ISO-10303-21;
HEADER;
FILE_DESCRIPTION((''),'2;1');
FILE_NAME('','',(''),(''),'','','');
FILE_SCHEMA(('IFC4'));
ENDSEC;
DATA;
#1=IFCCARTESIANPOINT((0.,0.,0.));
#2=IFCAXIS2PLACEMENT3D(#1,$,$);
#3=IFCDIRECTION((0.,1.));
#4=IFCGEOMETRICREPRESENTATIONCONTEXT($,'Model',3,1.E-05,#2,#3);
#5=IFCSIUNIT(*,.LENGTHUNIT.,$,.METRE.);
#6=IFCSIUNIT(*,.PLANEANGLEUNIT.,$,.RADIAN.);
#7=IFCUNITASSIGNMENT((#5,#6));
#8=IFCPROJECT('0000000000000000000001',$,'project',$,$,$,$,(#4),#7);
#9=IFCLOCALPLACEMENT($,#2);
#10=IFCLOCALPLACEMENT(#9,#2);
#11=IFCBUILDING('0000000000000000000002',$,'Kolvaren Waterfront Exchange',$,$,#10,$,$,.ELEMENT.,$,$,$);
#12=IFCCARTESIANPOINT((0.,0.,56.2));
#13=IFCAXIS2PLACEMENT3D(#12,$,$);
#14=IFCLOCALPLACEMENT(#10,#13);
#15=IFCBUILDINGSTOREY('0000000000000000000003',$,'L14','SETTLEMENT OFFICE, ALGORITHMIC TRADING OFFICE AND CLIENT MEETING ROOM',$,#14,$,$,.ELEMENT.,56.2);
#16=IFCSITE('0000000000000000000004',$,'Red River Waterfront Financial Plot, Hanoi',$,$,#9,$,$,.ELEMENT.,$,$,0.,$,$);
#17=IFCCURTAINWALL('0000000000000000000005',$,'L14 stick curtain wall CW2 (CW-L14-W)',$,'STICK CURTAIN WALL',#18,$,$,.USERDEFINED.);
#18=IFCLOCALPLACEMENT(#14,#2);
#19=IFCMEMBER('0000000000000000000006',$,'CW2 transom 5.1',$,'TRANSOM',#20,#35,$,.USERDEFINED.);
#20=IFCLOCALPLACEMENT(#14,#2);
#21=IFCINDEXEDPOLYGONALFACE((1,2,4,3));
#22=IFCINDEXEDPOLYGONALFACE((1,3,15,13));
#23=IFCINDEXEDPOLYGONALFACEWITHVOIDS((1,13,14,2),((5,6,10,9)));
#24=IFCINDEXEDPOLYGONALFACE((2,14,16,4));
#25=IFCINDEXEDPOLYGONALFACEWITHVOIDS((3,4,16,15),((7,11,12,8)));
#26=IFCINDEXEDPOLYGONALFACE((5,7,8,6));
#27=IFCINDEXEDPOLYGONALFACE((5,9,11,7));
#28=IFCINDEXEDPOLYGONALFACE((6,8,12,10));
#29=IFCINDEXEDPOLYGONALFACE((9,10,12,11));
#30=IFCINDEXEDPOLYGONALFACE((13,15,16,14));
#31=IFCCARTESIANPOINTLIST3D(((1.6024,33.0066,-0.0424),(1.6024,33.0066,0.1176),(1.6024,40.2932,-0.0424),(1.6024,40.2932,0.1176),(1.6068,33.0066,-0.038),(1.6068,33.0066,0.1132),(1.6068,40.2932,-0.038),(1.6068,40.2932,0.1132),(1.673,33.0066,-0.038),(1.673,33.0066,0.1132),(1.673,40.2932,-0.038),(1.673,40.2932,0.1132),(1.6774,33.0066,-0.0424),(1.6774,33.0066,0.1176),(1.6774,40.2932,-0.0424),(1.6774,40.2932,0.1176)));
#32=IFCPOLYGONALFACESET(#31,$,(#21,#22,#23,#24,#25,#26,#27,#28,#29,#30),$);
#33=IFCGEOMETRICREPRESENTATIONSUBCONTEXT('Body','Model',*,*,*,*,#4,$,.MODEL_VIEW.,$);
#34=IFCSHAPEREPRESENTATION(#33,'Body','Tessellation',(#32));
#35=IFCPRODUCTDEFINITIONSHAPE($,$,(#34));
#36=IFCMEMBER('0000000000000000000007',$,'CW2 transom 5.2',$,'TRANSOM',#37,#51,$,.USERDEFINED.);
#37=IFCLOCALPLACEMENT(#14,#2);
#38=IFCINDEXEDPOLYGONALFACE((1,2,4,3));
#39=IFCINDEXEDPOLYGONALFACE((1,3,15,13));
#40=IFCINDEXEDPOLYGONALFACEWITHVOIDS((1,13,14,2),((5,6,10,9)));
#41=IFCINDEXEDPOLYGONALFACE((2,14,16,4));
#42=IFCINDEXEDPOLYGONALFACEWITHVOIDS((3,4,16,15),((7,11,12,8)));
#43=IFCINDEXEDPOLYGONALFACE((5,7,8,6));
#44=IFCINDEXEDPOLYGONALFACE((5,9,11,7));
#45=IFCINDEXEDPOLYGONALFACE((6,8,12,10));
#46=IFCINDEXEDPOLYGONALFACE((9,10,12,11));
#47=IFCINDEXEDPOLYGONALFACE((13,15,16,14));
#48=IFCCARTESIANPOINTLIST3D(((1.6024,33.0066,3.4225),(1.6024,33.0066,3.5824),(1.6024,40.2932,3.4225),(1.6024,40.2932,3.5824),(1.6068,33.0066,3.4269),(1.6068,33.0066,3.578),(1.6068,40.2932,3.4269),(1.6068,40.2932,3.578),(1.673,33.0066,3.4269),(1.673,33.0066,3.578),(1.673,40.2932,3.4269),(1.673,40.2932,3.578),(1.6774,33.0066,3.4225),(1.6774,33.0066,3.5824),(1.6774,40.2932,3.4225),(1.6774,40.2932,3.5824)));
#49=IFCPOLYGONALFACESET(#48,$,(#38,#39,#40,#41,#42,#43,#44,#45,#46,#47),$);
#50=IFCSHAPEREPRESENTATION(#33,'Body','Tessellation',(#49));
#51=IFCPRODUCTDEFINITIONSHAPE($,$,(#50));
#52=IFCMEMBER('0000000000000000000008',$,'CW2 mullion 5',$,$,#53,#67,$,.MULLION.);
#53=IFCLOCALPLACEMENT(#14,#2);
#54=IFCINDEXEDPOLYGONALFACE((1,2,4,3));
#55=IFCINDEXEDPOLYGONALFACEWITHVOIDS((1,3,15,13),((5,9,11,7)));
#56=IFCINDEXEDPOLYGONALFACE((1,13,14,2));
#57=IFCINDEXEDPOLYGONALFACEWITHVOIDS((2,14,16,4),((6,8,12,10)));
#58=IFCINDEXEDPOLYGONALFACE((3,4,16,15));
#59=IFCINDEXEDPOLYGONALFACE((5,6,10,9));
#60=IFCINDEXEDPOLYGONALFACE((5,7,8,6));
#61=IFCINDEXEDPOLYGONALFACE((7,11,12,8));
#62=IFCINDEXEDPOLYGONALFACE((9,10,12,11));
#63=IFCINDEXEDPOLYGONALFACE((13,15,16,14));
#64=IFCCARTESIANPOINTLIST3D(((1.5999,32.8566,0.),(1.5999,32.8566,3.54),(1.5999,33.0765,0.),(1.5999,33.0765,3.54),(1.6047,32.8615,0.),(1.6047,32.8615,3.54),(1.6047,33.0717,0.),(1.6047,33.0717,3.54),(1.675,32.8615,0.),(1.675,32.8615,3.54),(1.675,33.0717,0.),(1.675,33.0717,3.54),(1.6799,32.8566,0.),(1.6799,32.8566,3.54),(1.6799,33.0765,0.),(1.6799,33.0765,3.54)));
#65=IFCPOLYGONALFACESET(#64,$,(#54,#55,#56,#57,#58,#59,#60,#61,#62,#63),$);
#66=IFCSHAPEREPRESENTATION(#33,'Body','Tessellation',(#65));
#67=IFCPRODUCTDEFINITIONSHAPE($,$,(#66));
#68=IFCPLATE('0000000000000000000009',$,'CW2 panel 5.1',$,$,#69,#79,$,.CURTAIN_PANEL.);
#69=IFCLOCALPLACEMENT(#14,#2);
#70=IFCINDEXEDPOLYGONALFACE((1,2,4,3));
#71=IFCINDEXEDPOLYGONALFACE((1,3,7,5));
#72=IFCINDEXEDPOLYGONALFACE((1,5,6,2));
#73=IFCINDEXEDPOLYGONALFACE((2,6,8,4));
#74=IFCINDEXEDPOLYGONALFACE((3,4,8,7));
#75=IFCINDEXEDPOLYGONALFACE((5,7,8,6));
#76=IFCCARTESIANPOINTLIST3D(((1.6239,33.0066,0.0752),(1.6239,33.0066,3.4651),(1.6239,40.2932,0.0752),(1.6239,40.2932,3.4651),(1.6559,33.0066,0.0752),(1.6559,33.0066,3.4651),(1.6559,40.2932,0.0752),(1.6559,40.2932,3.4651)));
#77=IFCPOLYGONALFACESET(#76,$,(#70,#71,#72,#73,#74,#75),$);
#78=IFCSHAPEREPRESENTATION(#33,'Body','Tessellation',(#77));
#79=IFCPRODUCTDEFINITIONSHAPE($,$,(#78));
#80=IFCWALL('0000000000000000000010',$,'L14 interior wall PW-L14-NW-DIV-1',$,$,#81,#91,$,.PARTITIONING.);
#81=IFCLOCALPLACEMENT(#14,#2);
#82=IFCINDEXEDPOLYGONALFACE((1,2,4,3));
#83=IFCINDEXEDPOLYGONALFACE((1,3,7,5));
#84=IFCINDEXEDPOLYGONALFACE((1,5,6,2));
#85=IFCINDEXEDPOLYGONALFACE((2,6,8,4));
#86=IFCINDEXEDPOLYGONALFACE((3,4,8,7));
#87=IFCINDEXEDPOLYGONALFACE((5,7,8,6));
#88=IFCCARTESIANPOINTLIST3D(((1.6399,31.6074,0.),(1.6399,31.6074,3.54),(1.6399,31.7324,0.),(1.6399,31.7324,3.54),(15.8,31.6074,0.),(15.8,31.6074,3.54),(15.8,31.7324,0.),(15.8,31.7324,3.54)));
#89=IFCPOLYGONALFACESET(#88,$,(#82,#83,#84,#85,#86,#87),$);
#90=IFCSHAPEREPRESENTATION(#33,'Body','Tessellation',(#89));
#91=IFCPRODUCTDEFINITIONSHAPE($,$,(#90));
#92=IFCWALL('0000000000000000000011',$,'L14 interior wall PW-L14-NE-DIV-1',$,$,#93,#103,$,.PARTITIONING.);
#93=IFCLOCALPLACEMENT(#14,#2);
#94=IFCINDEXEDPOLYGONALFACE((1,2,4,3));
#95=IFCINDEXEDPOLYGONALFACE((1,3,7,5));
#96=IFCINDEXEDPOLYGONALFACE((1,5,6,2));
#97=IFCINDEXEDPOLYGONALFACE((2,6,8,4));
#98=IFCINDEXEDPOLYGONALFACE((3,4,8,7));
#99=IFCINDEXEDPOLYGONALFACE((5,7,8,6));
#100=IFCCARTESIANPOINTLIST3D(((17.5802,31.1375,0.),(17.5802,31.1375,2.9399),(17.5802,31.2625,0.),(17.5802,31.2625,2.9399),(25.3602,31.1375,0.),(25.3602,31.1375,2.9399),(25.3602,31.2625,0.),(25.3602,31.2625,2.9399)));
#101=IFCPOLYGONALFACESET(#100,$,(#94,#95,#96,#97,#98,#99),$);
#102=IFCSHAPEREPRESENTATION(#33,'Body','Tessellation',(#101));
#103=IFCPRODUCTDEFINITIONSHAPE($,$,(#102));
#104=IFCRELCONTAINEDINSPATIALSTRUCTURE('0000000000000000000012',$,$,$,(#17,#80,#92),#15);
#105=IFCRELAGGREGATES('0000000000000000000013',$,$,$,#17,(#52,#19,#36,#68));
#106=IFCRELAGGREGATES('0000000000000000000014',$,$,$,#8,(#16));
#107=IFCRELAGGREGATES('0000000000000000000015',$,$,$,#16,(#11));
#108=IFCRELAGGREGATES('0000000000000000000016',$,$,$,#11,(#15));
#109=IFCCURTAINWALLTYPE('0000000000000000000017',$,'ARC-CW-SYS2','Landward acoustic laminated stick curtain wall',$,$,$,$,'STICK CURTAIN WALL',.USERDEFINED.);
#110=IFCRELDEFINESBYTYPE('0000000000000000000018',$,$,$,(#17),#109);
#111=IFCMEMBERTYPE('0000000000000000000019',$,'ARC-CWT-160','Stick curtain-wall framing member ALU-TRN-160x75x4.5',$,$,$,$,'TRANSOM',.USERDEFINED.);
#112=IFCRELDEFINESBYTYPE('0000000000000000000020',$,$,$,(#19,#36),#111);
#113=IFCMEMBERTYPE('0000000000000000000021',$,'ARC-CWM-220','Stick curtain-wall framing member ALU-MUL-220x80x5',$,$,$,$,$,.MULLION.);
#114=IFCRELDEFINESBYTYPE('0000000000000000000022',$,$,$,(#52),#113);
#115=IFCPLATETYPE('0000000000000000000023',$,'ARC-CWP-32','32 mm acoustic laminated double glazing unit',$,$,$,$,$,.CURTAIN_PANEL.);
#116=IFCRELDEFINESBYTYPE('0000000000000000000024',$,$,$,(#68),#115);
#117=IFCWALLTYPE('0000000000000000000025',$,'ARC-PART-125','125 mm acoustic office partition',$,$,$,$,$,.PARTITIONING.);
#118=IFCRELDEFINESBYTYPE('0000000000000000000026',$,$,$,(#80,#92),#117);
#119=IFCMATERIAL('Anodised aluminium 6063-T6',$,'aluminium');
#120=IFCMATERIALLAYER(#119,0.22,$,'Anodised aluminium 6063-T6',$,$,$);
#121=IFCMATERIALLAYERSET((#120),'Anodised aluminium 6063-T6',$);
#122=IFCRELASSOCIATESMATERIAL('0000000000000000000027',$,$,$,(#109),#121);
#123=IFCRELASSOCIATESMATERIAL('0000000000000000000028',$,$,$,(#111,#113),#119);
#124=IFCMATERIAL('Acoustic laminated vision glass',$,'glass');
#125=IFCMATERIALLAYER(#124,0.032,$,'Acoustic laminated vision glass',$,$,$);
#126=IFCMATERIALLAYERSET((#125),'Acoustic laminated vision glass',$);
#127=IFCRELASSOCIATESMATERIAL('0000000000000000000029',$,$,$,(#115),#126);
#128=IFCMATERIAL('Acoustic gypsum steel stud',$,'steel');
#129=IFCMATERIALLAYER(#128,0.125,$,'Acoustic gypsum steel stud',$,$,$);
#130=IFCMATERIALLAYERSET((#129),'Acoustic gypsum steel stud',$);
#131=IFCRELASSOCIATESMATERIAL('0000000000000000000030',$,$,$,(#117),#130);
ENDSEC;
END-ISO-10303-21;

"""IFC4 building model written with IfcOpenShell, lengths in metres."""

from ifc_helpers import new_model, si_unit, direction, frame, frame_2d, origin, origin_with_axes, origin_2d, place, context, subcontext, project, spatial, rectangle, hollow_rectangle, extrude, source, transform, mapped, material, layer, layer_set, material_profile, profile_set, type_object, element, aggregate, save


model = new_model("IFC4")

# Units and contexts
model_context = context("Model", 3, precision=1e-05, world=origin(), true_north=direction((0.0, 1.0)))
body_context = subcontext(model_context, "Body", "Model", "MODEL_VIEW")
ifc_project = project(units=[si_unit("LENGTHUNIT", "METRE"), si_unit("PLANEANGLEUNIT", "RADIAN")], contexts=[model_context])

# Site, building, storey
site_placement = place(None, origin())
site = spatial("IfcSite", under=ifc_project, at=site_placement, Name="Red River Waterfront Financial Plot, Hanoi", CompositionType="ELEMENT", RefElevation=0.0)
building_placement = place(site_placement, origin())
building = spatial("IfcBuilding", under=site, at=building_placement, Name="Kolvaren Waterfront Exchange", CompositionType="ELEMENT")
storey_placement = place(building_placement, frame((0.0, 0.0, 56.2)))
storey = spatial("IfcBuildingStorey", under=building, at=storey_placement, Name="L14", Description="SETTLEMENT OFFICE, ALGORITHMIC TRADING OFFICE AND CLIENT MEETING ROOM", CompositionType="ELEMENT", Elevation=56.2)

# Curtain wall, members, plate
ifc_material_1 = material(Name="Anodised aluminium 6063-T6", Category="aluminium")
ifc_layer_1 = layer(ifc_material_1, 0.22, Name="Anodised aluminium 6063-T6")
ifc_layer_set_1 = layer_set([ifc_layer_1], Name="Anodised aluminium 6063-T6")
curtain_wall_type = type_object("IfcCurtainWallType", Name="ARC-CW-SYS2", Description="Landward acoustic laminated stick curtain wall", ElementType="STICK CURTAIN WALL", PredefinedType="USERDEFINED", material=ifc_layer_set_1)
curtain_wall_placement = place(storey_placement, origin())
curtain_wall = element("IfcCurtainWall", 1, at=curtain_wall_placement, inside=storey, type_object=curtain_wall_type, Name="L14 stick curtain wall CW2 (CW-L14-W)", ObjectType="STICK CURTAIN WALL", PredefinedType="USERDEFINED")
ifc_material_profile_1 = material_profile(ifc_material_1, hollow_rectangle(XDim=0.075, YDim=0.1599, WallThickness=0.0044, at=origin_2d()), Name="ALU-TRN-160x75x4.5")
ifc_profile_set_1 = profile_set([ifc_material_profile_1], Name="Anodised aluminium 6063-T6")
member_type_1 = type_object("IfcMemberType", Name="ARC-CWT-160", Description="Stick curtain-wall framing member ALU-TRN-160x75x4.5", ElementType="TRANSOM", PredefinedType="USERDEFINED", material=ifc_profile_set_1)
shared_shape_1 = source(origin_with_axes(), body_context, "Body", "SweptSolid", [
    extrude(hollow_rectangle(XDim=0.075, YDim=0.1599, WallThickness=0.0044, at=origin_2d()), origin(), (0.0, 0.0, 1.0), 7.2866),
])
member_1_placement = place(storey_placement, frame((1.6399, 33.0066, 0.0376), z_axis=(0.0, 1.0, 0.0), x_axis=(-1.0, 0.0, 0.0)))
member_1 = element("IfcMember", 2, at=member_1_placement, type_object=member_type_1, Name="CW2 transom 5.1", ObjectType="TRANSOM", PredefinedType="USERDEFINED", context=body_context, shape_type="MappedRepresentation", body=[
    mapped(shared_shape_1, transform((0.0, 0.0, 0.0), x_axis=(1.0, 0.0, 0.0), y_axis=(0.0, 1.0, 0.0), z_axis=(0.0, 0.0, 1.0), scale=1.0)),
])
member_2_placement = place(storey_placement, frame((1.6399, 33.0066, 3.5024), z_axis=(0.0, 1.0, 0.0), x_axis=(-1.0, 0.0, 0.0)))
member_2 = element("IfcMember", 3, at=member_2_placement, type_object=member_type_1, Name="CW2 transom 5.2", ObjectType="TRANSOM", PredefinedType="USERDEFINED", context=body_context, shape_type="MappedRepresentation", body=[
    mapped(shared_shape_1, transform((0.0, 0.0, 0.0), x_axis=(1.0, 0.0, 0.0), y_axis=(0.0, 1.0, 0.0), z_axis=(0.0, 0.0, 1.0), scale=1.0)),
])
ifc_material_profile_2 = material_profile(ifc_material_1, hollow_rectangle(XDim=0.0801, YDim=0.22, WallThickness=0.0049, at=origin_2d()), Name="ALU-MUL-220x80x5")
ifc_profile_set_2 = profile_set([ifc_material_profile_2], Name="Anodised aluminium 6063-T6")
member_type_2 = type_object("IfcMemberType", Name="ARC-CWM-220", Description="Stick curtain-wall framing member ALU-MUL-220x80x5", PredefinedType="MULLION", material=ifc_profile_set_2)
shared_shape_2 = source(origin_with_axes(), body_context, "Body", "SweptSolid", [
    extrude(hollow_rectangle(XDim=0.0801, YDim=0.22, WallThickness=0.0049, at=origin_2d()), origin(), (0.0, 0.0, 1.0), 3.54),
])
member_3_placement = place(storey_placement, frame((1.6399, 32.9666, 0.0), z_axis=(0.0, 0.0, 1.0), x_axis=(-1.0, 0.0, 0.0)))
member_3 = element("IfcMember", 4, at=member_3_placement, type_object=member_type_2, Name="CW2 mullion 5", PredefinedType="MULLION", context=body_context, shape_type="MappedRepresentation", body=[
    mapped(shared_shape_2, transform((0.0, 0.0, 0.0), x_axis=(1.0, 0.0, 0.0), y_axis=(0.0, 1.0, 0.0), z_axis=(0.0, 0.0, 1.0), scale=1.0)),
])
ifc_material_2 = material(Name="Acoustic laminated vision glass", Category="glass")
ifc_layer_2 = layer(ifc_material_2, 0.032, Name="Acoustic laminated vision glass")
ifc_layer_set_2 = layer_set([ifc_layer_2], Name="Acoustic laminated vision glass")
plate_type = type_object("IfcPlateType", Name="ARC-CWP-32", Description="32 mm acoustic laminated double glazing unit", PredefinedType="CURTAIN_PANEL", material=ifc_layer_set_2)
shared_shape_3 = source(origin_with_axes(), body_context, "Body", "SweptSolid", [
    extrude(rectangle(XDim=7.2866, YDim=0.032, at=origin_2d()), origin(), (0.0, 0.0, 1.0), 3.3899),
])
plate_placement = place(storey_placement, frame((1.6399, 36.6499, 0.0752), z_axis=(0.0, 0.0, 1.0), x_axis=(0.0, 1.0, 0.0)))
plate = element("IfcPlate", 5, at=plate_placement, type_object=plate_type, Name="CW2 panel 5.1", PredefinedType="CURTAIN_PANEL", context=body_context, shape_type="MappedRepresentation", body=[
    mapped(shared_shape_3, transform((0.0, 0.0, 0.0), x_axis=(1.0, 0.0, 0.0), y_axis=(0.0, 1.0, 0.0), z_axis=(0.0, 0.0, 1.0), scale=1.0)),
])
aggregate(curtain_wall, [member_3, member_1, member_2, plate])

# Walls
ifc_material_3 = material(Name="Acoustic gypsum steel stud", Category="steel")
ifc_layer_3 = layer(ifc_material_3, 0.125, Name="Acoustic gypsum steel stud")
ifc_layer_set_3 = layer_set([ifc_layer_3], Name="Acoustic gypsum steel stud")
wall_type = type_object("IfcWallType", Name="ARC-PART-125", Description="125 mm acoustic office partition", PredefinedType="PARTITIONING", material=ifc_layer_set_3)
wall_1_placement = place(storey_placement, frame((1.6399, 31.6699, 0.0), z_axis=(0.0, 0.0, 1.0), x_axis=(1.0, 0.0, 0.0)))
element("IfcWall", 6, at=wall_1_placement, inside=storey, type_object=wall_type, Name="L14 interior wall PW-L14-NW-DIV-1", PredefinedType="PARTITIONING", context=body_context, shape_type="SweptSolid", body=[
    extrude(rectangle(XDim=14.1602, YDim=0.125, at=frame_2d((7.0801, 0.0))), origin(), (0.0, 0.0, 1.0), 3.54),
])
wall_2_placement = place(storey_placement, frame((17.5801, 31.2, 0.0), z_axis=(0.0, 0.0, 1.0), x_axis=(1.0, 0.0, 0.0)))
element("IfcWall", 7, at=wall_2_placement, inside=storey, type_object=wall_type, Name="L14 interior wall PW-L14-NE-DIV-1", PredefinedType="PARTITIONING", context=body_context, shape_type="SweptSolid", body=[
    extrude(rectangle(XDim=7.78, YDim=0.125, at=frame_2d((3.8901, 0.0))), origin(), (0.0, 0.0, 1.0), 2.9399),
])

save(model, "model.ifc")
